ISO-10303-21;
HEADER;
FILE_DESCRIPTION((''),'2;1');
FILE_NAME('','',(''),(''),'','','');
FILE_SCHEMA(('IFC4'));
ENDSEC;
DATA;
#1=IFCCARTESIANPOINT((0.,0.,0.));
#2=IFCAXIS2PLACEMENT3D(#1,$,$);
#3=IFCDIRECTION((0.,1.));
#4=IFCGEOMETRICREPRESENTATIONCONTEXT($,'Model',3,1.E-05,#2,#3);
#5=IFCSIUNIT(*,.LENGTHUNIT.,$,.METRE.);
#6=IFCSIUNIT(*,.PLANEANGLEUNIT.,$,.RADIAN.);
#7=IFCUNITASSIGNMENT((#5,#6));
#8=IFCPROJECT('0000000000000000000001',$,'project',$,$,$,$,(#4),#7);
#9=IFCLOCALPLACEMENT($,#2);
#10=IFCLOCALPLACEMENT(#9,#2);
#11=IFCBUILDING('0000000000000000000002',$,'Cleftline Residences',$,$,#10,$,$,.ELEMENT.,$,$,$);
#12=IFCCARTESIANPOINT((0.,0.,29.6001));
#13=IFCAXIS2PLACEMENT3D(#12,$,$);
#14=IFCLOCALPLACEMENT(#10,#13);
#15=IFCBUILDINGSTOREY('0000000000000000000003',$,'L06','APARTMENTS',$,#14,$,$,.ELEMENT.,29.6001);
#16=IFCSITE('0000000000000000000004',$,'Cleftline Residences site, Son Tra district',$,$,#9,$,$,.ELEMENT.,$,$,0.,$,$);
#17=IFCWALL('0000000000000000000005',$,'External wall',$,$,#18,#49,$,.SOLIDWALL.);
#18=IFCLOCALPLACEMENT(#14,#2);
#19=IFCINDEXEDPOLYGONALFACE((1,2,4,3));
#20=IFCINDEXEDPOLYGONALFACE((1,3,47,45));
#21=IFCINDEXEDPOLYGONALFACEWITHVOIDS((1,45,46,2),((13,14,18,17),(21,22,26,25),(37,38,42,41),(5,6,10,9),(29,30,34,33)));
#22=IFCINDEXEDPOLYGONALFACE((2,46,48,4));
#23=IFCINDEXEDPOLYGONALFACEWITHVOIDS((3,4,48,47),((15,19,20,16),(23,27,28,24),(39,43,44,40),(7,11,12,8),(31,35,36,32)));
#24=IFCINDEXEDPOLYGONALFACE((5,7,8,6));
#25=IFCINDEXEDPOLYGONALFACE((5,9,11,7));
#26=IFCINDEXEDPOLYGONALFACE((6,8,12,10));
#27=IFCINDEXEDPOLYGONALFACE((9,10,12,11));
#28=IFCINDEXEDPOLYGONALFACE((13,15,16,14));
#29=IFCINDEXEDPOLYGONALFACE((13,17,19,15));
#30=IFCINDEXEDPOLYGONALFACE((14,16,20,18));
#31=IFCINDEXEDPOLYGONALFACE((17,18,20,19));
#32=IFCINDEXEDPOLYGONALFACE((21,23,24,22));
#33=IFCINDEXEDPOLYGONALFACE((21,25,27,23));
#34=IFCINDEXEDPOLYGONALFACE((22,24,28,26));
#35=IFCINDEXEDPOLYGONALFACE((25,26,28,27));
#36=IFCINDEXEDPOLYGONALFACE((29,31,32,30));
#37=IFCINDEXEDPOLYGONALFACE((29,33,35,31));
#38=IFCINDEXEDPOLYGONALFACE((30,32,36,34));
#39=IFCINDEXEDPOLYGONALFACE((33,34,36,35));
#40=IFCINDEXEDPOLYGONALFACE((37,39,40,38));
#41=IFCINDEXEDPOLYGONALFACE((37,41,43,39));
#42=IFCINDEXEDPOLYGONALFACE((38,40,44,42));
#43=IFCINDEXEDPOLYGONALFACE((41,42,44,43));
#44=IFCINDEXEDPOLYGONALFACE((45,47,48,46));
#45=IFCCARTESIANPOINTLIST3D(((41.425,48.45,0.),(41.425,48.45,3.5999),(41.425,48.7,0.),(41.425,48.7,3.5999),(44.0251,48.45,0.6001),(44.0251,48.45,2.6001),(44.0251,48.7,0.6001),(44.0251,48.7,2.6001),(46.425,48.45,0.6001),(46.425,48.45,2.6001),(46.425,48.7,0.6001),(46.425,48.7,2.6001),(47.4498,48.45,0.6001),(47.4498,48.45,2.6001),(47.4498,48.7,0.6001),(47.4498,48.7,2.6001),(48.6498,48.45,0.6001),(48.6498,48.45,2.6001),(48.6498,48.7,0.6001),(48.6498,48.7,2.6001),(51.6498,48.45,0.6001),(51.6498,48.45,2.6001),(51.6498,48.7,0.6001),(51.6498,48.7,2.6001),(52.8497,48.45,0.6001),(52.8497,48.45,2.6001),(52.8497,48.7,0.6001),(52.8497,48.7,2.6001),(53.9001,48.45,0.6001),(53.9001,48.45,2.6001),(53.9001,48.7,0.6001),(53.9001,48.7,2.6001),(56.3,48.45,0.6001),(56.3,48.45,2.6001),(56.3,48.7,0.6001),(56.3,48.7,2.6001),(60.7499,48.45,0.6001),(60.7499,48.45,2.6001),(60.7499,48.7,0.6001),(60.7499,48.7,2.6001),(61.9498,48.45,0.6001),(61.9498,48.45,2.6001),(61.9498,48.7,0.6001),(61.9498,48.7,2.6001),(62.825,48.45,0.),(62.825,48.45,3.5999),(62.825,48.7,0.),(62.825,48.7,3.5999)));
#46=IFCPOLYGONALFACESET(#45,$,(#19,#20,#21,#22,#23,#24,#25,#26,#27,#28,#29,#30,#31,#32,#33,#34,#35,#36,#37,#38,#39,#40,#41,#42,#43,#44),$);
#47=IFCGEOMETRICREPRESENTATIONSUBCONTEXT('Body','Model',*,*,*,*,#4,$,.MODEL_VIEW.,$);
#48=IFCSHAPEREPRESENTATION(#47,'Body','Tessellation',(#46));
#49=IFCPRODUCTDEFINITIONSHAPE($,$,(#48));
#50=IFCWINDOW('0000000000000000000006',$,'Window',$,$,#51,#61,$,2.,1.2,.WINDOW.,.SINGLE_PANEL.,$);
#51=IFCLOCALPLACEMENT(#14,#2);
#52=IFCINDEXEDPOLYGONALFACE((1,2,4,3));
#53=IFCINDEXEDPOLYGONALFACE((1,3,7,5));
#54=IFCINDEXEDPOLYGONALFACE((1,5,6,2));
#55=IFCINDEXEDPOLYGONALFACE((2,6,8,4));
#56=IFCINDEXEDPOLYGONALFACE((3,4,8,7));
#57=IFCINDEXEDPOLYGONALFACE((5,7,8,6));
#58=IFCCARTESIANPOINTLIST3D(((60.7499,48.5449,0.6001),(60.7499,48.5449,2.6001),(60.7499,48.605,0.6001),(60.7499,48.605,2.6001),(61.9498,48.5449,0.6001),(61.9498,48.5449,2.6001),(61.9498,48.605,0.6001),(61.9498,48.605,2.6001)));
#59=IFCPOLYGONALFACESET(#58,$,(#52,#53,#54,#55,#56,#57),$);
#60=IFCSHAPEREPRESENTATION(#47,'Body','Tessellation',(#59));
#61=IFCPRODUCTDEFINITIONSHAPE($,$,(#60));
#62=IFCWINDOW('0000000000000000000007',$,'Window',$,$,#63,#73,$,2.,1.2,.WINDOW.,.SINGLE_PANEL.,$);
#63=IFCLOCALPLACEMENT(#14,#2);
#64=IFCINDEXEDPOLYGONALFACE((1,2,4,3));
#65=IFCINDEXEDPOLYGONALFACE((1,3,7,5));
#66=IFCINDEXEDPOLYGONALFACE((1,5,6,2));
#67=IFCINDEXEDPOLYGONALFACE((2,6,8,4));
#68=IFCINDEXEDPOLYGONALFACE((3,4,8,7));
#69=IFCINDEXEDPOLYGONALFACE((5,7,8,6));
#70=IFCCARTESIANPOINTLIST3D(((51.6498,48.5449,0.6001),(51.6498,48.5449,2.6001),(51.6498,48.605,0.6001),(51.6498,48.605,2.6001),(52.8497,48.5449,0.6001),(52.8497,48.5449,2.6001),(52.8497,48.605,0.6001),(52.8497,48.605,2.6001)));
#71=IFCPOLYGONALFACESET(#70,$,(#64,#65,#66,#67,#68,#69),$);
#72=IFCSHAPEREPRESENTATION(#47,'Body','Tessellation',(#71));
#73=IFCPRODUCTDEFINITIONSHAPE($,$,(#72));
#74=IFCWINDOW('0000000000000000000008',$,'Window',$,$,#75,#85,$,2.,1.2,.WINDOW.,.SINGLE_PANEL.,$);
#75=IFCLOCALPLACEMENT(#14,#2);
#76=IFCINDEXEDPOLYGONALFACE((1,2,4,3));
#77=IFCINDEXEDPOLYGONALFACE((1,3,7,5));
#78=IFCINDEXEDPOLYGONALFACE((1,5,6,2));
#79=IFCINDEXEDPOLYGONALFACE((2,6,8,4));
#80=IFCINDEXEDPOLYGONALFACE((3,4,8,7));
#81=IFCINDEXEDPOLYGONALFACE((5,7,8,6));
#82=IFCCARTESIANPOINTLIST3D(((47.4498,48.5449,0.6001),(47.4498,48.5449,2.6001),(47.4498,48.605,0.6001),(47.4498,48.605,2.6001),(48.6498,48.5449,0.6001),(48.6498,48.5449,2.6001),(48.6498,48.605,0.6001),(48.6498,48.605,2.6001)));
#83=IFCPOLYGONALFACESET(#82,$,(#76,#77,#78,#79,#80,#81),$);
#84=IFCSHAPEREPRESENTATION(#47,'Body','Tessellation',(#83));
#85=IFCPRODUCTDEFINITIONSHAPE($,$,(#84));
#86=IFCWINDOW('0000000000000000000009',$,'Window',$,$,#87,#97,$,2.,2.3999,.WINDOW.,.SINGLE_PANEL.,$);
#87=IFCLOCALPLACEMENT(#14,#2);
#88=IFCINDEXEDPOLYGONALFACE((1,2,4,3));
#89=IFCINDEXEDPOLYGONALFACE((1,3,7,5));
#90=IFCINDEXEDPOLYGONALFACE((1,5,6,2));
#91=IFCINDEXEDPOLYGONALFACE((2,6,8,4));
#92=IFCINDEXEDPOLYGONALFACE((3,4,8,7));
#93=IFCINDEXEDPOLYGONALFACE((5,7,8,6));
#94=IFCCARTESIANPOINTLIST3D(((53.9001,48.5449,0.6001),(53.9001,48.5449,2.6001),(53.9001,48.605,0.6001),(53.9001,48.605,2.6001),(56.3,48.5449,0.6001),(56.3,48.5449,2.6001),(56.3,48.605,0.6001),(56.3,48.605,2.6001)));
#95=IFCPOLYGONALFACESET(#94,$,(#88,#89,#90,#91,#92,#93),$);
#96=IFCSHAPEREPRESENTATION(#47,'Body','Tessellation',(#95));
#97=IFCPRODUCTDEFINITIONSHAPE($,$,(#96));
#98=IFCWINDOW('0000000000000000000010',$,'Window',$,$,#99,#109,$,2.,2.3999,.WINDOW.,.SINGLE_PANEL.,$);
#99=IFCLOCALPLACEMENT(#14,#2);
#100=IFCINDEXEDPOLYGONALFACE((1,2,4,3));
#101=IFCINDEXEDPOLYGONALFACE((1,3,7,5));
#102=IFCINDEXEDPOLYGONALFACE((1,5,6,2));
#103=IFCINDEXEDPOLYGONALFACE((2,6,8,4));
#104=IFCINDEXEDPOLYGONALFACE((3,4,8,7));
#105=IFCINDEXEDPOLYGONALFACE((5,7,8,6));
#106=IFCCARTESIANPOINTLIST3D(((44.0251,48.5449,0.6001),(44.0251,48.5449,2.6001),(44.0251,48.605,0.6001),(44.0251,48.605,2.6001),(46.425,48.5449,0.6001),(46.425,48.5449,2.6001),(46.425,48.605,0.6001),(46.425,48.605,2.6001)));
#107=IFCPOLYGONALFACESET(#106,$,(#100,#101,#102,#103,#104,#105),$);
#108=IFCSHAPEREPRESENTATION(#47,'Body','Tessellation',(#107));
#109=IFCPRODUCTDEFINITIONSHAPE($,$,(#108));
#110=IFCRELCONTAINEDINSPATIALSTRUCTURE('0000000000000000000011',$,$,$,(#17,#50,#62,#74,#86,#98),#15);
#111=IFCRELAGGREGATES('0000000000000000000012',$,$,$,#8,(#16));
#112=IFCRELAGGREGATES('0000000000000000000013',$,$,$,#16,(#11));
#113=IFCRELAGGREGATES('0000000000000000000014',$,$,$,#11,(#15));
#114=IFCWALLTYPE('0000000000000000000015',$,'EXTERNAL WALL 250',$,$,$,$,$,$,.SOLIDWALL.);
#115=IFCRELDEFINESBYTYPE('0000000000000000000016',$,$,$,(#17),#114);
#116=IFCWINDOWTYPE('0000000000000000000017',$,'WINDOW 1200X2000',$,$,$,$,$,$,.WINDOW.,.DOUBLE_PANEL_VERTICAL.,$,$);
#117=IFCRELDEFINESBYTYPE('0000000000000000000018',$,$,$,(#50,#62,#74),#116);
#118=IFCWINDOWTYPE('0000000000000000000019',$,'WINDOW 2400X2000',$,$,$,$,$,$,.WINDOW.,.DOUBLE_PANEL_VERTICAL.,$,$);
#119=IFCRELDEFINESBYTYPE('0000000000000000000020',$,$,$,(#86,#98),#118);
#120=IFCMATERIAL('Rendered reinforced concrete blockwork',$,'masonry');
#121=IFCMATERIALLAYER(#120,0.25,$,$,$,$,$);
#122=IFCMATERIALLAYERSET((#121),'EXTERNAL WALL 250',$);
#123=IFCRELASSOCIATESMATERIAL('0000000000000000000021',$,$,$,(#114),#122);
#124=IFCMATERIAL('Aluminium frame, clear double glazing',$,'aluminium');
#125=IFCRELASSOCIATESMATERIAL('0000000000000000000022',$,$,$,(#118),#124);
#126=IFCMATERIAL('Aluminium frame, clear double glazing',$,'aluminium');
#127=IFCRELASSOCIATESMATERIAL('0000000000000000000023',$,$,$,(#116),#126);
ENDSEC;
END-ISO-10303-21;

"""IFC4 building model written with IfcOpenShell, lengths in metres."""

from ifc_helpers import new_model, si_unit, direction, frame, frame_2d, origin, place, context, subcontext, project, spatial, rectangle, extrude, material, layer, layer_set, type_object, element, fill, save


model = new_model("IFC4")

# Units and contexts
model_context = context("Model", 3, precision=1e-05, world=origin(), true_north=direction((0.0, 1.0)))
body_context = subcontext(model_context, "Body", "Model", "MODEL_VIEW")
ifc_project = project(units=[si_unit("LENGTHUNIT", "METRE"), si_unit("PLANEANGLEUNIT", "RADIAN")], contexts=[model_context])

# Site, building, storey
site_placement = place(None, origin())
site = spatial("IfcSite", under=ifc_project, at=site_placement, Name="Cleftline Residences site, Son Tra district", CompositionType="ELEMENT", RefElevation=0.0)
building_placement = place(site_placement, origin())
building = spatial("IfcBuilding", under=site, at=building_placement, Name="Cleftline Residences", CompositionType="ELEMENT")
storey_placement = place(building_placement, frame((0.0, 0.0, 29.6001)))
storey = spatial("IfcBuildingStorey", under=building, at=storey_placement, Name="L06", Description="APARTMENTS", CompositionType="ELEMENT", Elevation=29.6001)

# Shared definitions
ifc_material_1 = material(Name="Rendered reinforced concrete blockwork", Category="masonry")
ifc_layer_1 = layer(ifc_material_1, 0.25)
ifc_layer_set_1 = layer_set([ifc_layer_1], Name="EXTERNAL WALL 250")
wall_type = type_object("IfcWallType", Name="EXTERNAL WALL 250", PredefinedType="SOLIDWALL", material=ifc_layer_set_1)
ifc_material_2 = material(Name="Aluminium frame, clear double glazing", Category="aluminium")
window_type_1 = type_object("IfcWindowType", Name="WINDOW 2400X2000", PartitioningType="DOUBLE_PANEL_VERTICAL", PredefinedType="WINDOW", material=ifc_material_2)

# Wall, openings, windows
wall_1_placement = place(storey_placement, frame((62.825, 48.575, 0.0), z_axis=(0.0, 0.0, 1.0), x_axis=(-1.0, 0.0, 0.0)))
wall_1 = element("IfcWall", 1, at=wall_1_placement, inside=storey, type_object=wall_type, Name="External wall", PredefinedType="SOLIDWALL", context=body_context, shape_type="SweptSolid", body=[
    extrude(rectangle(XDim=21.3999, YDim=0.25, at=frame_2d((10.7, 0.0))), origin(), (0.0, 0.0, 1.0), 3.5999),
])
opening_1_placement = place(wall_1_placement, frame((0.875, 0.0, 0.6001)))
opening_1 = element("IfcOpeningElement", 2, at=opening_1_placement, cuts=wall_1, PredefinedType="OPENING", context=body_context, shape_type="SweptSolid", body=[
    extrude(rectangle(XDim=1.2, YDim=2.0, at=frame_2d((0.6001, 1.0))), frame((0.0, 0.135, 0.0), z_axis=(0.0, -1.0, 0.0), x_axis=(1.0, 0.0, 0.0)), (0.0, 0.0, 1.0), 0.27),
])
opening_2_placement = place(wall_1_placement, frame((6.5249, 0.0, 0.6001)))
opening_2 = element("IfcOpeningElement", 3, at=opening_2_placement, cuts=wall_1, PredefinedType="OPENING", context=body_context, shape_type="SweptSolid", body=[
    extrude(rectangle(XDim=2.3999, YDim=2.0, at=frame_2d((1.2, 1.0))), frame((0.0, 0.135, 0.0), z_axis=(0.0, -1.0, 0.0), x_axis=(1.0, 0.0, 0.0)), (0.0, 0.0, 1.0), 0.27),
])
opening_3_placement = place(wall_1_placement, frame((9.9751, 0.0, 0.6001)))
opening_3 = element("IfcOpeningElement", 4, at=opening_3_placement, cuts=wall_1, PredefinedType="OPENING", context=body_context, shape_type="SweptSolid", body=[
    extrude(rectangle(XDim=1.2, YDim=2.0, at=frame_2d((0.6001, 1.0))), frame((0.0, 0.135, 0.0), z_axis=(0.0, -1.0, 0.0), x_axis=(1.0, 0.0, 0.0)), (0.0, 0.0, 1.0), 0.27),
])
opening_4_placement = place(wall_1_placement, frame((14.175, 0.0, 0.6001)))
opening_4 = element("IfcOpeningElement", 5, at=opening_4_placement, cuts=wall_1, PredefinedType="OPENING", context=body_context, shape_type="SweptSolid", body=[
    extrude(rectangle(XDim=1.2, YDim=2.0, at=frame_2d((0.6001, 1.0))), frame((0.0, 0.135, 0.0), z_axis=(0.0, -1.0, 0.0), x_axis=(1.0, 0.0, 0.0)), (0.0, 0.0, 1.0), 0.27),
])
opening_5_placement = place(wall_1_placement, frame((16.3999, 0.0, 0.6001)))
opening_5 = element("IfcOpeningElement", 6, at=opening_5_placement, cuts=wall_1, PredefinedType="OPENING", context=body_context, shape_type="SweptSolid", body=[
    extrude(rectangle(XDim=2.3999, YDim=2.0, at=frame_2d((1.2, 1.0))), frame((0.0, 0.135, 0.0), z_axis=(0.0, -1.0, 0.0), x_axis=(1.0, 0.0, 0.0)), (0.0, 0.0, 1.0), 0.27),
])
ifc_material_3 = material(Name="Aluminium frame, clear double glazing", Category="aluminium")
window_type_2 = type_object("IfcWindowType", Name="WINDOW 1200X2000", PartitioningType="DOUBLE_PANEL_VERTICAL", PredefinedType="WINDOW", material=ifc_material_3)
window_1_placement = place(opening_1_placement, origin())
window_1 = element("IfcWindow", 7, at=window_1_placement, inside=storey, type_object=window_type_2, Name="Window", OverallHeight=2.0, OverallWidth=1.2, PartitioningType="SINGLE_PANEL", PredefinedType="WINDOW", context=body_context, shape_type="SweptSolid", body=[
    extrude(rectangle(XDim=1.2, YDim=2.0, at=frame_2d((0.6001, 1.0))), frame((0.0, 0.03, 0.0), z_axis=(0.0, -1.0, 0.0), x_axis=(1.0, 0.0, 0.0)), (0.0, 0.0, 1.0), 0.0601),
])
fill(opening_1, window_1)
window_2_placement = place(opening_3_placement, origin())
window_2 = element("IfcWindow", 8, at=window_2_placement, inside=storey, type_object=window_type_2, Name="Window", OverallHeight=2.0, OverallWidth=1.2, PartitioningType="SINGLE_PANEL", PredefinedType="WINDOW", context=body_context, shape_type="SweptSolid", body=[
    extrude(rectangle(XDim=1.2, YDim=2.0, at=frame_2d((0.6001, 1.0))), frame((0.0, 0.03, 0.0), z_axis=(0.0, -1.0, 0.0), x_axis=(1.0, 0.0, 0.0)), (0.0, 0.0, 1.0), 0.0601),
])
fill(opening_3, window_2)
window_3_placement = place(opening_4_placement, origin())
window_3 = element("IfcWindow", 9, at=window_3_placement, inside=storey, type_object=window_type_2, Name="Window", OverallHeight=2.0, OverallWidth=1.2, PartitioningType="SINGLE_PANEL", PredefinedType="WINDOW", context=body_context, shape_type="SweptSolid", body=[
    extrude(rectangle(XDim=1.2, YDim=2.0, at=frame_2d((0.6001, 1.0))), frame((0.0, 0.03, 0.0), z_axis=(0.0, -1.0, 0.0), x_axis=(1.0, 0.0, 0.0)), (0.0, 0.0, 1.0), 0.0601),
])
fill(opening_4, window_3)
window_4_placement = place(opening_2_placement, origin())
window_4 = element("IfcWindow", 10, at=window_4_placement, inside=storey, type_object=window_type_1, Name="Window", OverallHeight=2.0, OverallWidth=2.3999, PartitioningType="SINGLE_PANEL", PredefinedType="WINDOW", context=body_context, shape_type="SweptSolid", body=[
    extrude(rectangle(XDim=2.3999, YDim=2.0, at=frame_2d((1.2, 1.0))), frame((0.0, 0.03, 0.0), z_axis=(0.0, -1.0, 0.0), x_axis=(1.0, 0.0, 0.0)), (0.0, 0.0, 1.0), 0.0601),
])
fill(opening_2, window_4)
window_5_placement = place(opening_5_placement, origin())
window_5 = element("IfcWindow", 11, at=window_5_placement, inside=storey, type_object=window_type_1, Name="Window", OverallHeight=2.0, OverallWidth=2.3999, PartitioningType="SINGLE_PANEL", PredefinedType="WINDOW", context=body_context, shape_type="SweptSolid", body=[
    extrude(rectangle(XDim=2.3999, YDim=2.0, at=frame_2d((1.2, 1.0))), frame((0.0, 0.03, 0.0), z_axis=(0.0, -1.0, 0.0), x_axis=(1.0, 0.0, 0.0)), (0.0, 0.0, 1.0), 0.0601),
])
fill(opening_5, window_5)

save(model, "model.ifc")
